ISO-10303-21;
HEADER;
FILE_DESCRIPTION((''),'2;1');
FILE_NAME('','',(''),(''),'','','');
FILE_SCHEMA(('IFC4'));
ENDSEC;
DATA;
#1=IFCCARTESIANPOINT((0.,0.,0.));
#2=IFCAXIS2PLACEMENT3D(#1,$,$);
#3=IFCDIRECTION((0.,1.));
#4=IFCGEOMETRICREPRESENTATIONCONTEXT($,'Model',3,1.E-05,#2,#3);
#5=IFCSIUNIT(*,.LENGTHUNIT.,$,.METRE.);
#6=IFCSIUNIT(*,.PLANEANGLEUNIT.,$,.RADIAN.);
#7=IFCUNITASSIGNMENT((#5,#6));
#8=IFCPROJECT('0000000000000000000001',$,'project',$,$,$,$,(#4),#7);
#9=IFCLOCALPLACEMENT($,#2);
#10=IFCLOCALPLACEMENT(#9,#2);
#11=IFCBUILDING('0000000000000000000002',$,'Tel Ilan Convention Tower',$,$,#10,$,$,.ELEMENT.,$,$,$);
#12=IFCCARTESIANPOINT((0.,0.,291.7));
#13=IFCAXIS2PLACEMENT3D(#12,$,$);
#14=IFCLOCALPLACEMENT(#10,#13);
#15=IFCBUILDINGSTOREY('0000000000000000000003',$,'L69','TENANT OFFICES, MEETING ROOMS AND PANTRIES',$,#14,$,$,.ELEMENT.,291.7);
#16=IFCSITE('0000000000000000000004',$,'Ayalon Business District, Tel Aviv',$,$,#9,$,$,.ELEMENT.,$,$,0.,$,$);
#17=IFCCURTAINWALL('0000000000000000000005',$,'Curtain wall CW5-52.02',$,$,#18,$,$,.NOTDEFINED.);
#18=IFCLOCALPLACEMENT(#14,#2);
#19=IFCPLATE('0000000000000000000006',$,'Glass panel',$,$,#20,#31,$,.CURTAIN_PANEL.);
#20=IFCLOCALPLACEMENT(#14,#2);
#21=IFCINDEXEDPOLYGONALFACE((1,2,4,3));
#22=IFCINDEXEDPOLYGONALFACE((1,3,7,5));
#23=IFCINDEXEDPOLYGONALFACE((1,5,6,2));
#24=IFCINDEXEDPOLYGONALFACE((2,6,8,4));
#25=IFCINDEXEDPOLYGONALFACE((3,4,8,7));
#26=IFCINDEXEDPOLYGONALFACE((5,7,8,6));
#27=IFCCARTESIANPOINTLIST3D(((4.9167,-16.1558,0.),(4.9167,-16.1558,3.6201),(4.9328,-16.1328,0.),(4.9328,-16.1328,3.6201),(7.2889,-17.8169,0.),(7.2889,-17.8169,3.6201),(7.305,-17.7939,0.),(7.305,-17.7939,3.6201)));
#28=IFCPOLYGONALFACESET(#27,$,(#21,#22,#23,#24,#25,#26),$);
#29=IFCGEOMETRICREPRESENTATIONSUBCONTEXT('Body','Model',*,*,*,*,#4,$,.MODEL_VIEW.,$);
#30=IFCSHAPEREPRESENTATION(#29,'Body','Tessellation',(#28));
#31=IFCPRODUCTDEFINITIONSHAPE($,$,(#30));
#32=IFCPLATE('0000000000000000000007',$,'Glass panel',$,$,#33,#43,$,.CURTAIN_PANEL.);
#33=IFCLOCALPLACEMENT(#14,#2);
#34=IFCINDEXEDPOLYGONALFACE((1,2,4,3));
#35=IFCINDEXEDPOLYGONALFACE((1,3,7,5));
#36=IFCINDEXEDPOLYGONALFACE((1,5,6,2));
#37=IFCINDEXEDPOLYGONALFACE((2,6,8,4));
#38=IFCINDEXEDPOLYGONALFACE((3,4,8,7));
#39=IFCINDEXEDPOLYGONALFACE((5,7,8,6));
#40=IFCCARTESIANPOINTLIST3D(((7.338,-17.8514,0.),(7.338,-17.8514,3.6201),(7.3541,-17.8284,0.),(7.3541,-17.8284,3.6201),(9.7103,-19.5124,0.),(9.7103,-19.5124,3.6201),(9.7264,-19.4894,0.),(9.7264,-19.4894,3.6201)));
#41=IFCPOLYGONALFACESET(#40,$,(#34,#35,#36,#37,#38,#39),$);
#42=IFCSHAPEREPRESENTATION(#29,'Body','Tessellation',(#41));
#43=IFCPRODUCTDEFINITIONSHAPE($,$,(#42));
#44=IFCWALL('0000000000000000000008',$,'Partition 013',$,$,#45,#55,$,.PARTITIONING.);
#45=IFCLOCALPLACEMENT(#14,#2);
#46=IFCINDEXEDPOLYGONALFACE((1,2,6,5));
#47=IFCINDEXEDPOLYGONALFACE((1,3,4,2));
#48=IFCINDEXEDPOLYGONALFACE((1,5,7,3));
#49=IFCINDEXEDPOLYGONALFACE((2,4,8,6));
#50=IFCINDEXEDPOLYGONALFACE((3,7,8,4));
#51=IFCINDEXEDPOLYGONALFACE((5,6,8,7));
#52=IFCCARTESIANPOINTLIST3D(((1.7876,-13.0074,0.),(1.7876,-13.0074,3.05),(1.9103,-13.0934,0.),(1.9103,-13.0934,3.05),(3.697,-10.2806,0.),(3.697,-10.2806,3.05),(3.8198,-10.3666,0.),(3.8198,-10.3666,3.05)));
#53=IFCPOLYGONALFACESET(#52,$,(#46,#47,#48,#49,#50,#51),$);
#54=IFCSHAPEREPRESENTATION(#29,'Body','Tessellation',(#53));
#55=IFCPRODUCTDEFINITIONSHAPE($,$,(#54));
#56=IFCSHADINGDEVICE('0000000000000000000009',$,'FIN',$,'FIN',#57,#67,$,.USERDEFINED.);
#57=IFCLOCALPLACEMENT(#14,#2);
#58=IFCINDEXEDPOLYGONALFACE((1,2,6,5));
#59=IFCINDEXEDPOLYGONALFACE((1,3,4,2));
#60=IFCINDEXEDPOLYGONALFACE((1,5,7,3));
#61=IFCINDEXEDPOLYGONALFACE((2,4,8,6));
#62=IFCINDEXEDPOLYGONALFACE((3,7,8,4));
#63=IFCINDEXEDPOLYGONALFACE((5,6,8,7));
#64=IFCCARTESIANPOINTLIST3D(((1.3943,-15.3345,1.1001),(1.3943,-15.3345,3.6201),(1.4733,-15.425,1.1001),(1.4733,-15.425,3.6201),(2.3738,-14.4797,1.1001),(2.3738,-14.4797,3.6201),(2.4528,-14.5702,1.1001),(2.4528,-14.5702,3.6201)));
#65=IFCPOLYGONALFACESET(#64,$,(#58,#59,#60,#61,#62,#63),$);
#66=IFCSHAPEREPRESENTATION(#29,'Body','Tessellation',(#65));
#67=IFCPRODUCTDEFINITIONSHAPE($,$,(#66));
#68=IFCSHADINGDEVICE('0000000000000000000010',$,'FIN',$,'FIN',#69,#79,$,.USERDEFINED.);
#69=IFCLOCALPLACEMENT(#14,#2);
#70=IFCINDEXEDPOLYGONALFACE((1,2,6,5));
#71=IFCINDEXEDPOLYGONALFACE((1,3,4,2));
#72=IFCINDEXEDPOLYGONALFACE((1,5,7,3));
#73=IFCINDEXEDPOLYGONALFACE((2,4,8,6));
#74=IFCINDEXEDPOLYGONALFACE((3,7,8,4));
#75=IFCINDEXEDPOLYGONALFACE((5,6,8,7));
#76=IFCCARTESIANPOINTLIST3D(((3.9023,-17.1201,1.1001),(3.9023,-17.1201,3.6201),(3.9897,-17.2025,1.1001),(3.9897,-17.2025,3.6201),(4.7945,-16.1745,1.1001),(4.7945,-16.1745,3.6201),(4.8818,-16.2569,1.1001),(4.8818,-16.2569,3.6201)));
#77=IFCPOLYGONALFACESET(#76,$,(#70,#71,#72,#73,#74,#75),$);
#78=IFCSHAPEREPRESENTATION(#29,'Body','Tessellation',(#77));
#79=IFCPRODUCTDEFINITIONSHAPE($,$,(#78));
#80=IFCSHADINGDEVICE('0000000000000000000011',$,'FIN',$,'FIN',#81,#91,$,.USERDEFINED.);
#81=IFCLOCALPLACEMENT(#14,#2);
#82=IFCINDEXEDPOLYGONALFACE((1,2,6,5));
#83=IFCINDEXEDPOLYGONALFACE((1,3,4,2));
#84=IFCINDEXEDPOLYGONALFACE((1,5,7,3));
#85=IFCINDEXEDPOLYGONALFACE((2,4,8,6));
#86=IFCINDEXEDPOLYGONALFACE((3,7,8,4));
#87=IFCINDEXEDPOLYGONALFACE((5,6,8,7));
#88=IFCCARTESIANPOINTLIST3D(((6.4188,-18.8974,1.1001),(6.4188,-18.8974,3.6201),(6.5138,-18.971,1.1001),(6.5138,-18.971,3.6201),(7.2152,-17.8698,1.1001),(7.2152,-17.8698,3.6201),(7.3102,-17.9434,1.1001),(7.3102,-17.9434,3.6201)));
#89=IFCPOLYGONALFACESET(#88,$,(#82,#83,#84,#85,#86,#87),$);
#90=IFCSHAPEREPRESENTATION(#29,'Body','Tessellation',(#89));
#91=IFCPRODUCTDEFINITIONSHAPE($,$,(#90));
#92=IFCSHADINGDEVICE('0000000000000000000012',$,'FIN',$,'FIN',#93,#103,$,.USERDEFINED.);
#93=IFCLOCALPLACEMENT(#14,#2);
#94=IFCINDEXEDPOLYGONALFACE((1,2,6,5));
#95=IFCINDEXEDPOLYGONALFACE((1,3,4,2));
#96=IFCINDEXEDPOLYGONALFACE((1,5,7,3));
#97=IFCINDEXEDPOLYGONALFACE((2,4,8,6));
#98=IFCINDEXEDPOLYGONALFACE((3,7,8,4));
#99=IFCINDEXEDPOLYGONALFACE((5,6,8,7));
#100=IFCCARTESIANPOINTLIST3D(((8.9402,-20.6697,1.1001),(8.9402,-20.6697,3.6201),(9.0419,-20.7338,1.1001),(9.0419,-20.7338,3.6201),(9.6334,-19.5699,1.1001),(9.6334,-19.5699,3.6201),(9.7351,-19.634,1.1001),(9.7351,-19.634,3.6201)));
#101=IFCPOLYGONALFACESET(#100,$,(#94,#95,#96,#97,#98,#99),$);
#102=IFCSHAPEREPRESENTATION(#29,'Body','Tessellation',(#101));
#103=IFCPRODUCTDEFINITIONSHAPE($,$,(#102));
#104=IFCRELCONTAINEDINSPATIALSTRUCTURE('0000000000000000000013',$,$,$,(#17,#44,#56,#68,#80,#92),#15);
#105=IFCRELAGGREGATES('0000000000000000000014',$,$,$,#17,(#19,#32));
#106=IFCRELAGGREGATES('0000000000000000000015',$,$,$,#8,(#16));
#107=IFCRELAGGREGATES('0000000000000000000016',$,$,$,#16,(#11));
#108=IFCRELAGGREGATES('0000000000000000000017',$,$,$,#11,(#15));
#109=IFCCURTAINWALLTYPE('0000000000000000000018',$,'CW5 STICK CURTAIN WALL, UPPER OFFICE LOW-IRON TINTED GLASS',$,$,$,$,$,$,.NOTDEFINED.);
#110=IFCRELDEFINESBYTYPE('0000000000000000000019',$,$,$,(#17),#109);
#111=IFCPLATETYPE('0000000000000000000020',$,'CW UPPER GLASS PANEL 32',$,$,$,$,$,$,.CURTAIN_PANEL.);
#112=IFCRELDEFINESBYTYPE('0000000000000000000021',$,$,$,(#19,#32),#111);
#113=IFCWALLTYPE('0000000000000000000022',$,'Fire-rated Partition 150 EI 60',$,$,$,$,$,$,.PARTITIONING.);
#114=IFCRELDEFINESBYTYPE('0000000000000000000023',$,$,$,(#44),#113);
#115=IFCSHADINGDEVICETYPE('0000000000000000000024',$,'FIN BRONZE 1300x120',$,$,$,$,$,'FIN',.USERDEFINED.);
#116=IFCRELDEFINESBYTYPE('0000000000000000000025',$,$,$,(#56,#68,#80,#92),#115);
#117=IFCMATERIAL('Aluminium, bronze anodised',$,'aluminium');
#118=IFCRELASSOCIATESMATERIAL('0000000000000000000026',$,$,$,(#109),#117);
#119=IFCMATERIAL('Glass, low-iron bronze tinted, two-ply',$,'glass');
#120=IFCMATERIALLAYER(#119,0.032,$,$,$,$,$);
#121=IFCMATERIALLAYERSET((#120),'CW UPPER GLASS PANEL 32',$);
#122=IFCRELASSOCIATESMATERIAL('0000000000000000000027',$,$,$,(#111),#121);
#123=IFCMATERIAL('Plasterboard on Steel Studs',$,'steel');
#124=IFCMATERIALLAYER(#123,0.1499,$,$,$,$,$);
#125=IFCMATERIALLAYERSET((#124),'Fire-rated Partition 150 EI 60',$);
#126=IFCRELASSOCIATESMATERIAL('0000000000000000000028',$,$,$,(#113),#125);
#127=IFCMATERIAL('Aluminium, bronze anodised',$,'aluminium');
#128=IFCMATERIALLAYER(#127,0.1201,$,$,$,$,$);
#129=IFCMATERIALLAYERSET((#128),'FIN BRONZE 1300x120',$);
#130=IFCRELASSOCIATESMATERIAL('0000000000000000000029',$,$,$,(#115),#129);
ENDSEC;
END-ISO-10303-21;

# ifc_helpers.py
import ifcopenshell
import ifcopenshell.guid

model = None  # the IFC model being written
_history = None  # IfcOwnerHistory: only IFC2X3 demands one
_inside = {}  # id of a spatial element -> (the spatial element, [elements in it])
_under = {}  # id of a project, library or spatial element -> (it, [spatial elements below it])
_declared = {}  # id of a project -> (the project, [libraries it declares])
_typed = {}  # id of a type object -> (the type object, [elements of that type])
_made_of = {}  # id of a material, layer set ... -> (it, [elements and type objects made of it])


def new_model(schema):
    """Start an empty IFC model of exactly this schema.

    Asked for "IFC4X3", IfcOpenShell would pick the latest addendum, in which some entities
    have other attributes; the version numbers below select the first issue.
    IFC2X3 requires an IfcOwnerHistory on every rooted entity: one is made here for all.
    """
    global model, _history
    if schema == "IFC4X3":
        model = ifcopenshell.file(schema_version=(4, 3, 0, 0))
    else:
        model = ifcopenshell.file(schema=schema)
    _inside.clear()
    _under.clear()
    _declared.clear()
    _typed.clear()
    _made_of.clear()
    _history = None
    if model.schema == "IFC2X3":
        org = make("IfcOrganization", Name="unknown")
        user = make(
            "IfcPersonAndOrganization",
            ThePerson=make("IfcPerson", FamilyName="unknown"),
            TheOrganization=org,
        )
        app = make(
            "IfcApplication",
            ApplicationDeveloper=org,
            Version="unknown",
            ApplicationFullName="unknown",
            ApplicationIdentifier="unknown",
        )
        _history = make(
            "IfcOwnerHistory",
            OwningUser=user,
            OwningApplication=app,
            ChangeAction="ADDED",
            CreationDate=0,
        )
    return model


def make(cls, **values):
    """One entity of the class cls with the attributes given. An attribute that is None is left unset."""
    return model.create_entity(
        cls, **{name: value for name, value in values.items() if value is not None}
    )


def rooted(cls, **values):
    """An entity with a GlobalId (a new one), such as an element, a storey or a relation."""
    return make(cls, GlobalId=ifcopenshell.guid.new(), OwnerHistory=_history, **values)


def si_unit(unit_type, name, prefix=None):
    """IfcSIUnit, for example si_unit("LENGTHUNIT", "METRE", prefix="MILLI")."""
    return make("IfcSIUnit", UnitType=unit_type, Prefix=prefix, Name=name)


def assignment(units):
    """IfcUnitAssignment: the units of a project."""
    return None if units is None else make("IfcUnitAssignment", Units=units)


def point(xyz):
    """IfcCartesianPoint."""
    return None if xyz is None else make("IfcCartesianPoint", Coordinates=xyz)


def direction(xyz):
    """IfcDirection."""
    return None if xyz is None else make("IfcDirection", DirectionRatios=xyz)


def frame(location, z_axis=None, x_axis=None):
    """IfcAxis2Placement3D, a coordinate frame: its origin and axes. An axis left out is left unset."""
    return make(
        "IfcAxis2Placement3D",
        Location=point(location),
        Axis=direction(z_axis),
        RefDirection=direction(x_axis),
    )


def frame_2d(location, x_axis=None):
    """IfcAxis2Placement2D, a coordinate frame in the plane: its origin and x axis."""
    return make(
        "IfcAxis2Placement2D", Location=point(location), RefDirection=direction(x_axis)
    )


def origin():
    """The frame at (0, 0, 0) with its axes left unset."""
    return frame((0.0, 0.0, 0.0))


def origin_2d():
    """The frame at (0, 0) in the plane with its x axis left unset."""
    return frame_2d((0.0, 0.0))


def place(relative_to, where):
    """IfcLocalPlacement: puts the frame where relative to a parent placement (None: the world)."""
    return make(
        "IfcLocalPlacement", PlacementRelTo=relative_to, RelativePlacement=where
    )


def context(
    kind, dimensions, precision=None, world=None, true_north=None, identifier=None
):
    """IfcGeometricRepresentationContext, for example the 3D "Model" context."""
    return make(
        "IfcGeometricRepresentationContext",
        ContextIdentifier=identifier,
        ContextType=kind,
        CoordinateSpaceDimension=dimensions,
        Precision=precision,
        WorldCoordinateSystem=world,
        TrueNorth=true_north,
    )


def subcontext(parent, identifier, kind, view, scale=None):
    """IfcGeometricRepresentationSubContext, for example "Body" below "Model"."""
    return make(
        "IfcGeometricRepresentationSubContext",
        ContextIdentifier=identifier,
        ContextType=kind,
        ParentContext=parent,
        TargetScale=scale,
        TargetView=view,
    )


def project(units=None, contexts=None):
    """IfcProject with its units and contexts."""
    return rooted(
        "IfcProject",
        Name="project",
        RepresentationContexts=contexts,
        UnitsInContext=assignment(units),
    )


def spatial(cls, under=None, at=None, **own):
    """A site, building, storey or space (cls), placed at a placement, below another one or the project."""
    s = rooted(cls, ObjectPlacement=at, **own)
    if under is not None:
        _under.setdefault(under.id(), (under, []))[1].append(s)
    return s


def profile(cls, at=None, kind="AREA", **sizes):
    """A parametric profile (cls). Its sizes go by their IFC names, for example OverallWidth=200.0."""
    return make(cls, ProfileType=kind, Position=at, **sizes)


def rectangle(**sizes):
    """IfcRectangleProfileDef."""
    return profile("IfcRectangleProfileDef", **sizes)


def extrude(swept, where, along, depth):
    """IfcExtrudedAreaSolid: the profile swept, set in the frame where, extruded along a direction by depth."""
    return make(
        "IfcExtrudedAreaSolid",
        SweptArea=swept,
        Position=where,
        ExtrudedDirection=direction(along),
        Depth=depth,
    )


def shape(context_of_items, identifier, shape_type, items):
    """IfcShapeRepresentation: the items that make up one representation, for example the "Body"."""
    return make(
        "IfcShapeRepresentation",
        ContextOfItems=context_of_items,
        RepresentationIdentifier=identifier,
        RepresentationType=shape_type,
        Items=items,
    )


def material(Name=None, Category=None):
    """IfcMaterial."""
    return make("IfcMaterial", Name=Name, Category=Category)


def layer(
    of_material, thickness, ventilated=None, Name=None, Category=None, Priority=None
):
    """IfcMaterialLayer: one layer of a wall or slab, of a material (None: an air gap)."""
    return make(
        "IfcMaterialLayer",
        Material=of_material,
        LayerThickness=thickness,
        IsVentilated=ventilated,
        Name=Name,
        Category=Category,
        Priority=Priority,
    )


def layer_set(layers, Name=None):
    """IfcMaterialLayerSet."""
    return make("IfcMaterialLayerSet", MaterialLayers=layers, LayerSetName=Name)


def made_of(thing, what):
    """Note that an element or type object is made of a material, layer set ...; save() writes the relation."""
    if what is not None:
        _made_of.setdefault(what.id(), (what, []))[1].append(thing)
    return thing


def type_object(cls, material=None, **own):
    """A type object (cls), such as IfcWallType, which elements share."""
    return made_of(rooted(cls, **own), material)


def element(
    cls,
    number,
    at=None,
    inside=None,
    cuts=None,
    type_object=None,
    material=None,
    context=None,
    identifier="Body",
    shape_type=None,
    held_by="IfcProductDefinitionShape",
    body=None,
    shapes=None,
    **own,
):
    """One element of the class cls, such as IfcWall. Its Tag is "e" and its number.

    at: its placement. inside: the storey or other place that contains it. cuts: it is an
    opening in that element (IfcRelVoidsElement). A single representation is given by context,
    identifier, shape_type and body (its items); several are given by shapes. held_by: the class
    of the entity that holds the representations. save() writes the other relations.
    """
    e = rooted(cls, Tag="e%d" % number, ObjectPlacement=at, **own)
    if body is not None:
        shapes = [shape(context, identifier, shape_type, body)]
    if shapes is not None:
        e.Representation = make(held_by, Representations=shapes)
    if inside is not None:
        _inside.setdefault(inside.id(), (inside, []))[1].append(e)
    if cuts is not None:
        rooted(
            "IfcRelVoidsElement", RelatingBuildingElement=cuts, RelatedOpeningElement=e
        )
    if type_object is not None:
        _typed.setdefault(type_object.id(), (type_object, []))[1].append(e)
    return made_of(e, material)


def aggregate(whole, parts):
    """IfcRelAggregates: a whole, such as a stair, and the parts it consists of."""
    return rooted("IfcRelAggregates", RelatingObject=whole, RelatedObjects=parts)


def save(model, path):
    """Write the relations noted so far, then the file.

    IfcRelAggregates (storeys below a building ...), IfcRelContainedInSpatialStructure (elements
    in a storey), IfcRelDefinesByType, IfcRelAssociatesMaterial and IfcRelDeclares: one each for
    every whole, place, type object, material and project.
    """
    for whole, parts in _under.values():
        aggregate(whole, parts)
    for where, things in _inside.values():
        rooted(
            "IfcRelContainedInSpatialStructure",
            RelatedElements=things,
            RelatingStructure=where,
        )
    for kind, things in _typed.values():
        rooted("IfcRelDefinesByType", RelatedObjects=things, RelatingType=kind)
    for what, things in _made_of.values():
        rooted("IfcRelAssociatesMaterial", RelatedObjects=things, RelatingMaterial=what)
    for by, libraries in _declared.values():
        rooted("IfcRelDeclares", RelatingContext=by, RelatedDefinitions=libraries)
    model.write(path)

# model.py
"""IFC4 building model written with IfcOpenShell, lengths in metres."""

from ifc_helpers import new_model, si_unit, direction, frame, frame_2d, origin, origin_2d, place, context, subcontext, project, spatial, rectangle, extrude, material, layer, layer_set, type_object, element, aggregate, save


model = new_model("IFC4")

# Units and contexts
model_context = context("Model", 3, precision=1e-05, world=origin(), true_north=direction((0.0, 1.0)))
body_context = subcontext(model_context, "Body", "Model", "MODEL_VIEW")
ifc_project = project(units=[si_unit("LENGTHUNIT", "METRE"), si_unit("PLANEANGLEUNIT", "RADIAN")], contexts=[model_context])

# Site, building, storey
site_placement = place(None, origin())
site = spatial("IfcSite", under=ifc_project, at=site_placement, Name="Ayalon Business District, Tel Aviv", CompositionType="ELEMENT", RefElevation=0.0)
building_placement = place(site_placement, origin())
building = spatial("IfcBuilding", under=site, at=building_placement, Name="Tel Ilan Convention Tower", CompositionType="ELEMENT")
storey_placement = place(building_placement, frame((0.0, 0.0, 291.7)))
storey = spatial("IfcBuildingStorey", under=building, at=storey_placement, Name="L69", Description="TENANT OFFICES, MEETING ROOMS AND PANTRIES", CompositionType="ELEMENT", Elevation=291.7)

# Curtain wall, plates
ifc_material_1 = material(Name="Aluminium, bronze anodised", Category="aluminium")
curtain_wall_type = type_object("IfcCurtainWallType", Name="CW5 STICK CURTAIN WALL, UPPER OFFICE LOW-IRON TINTED GLASS", PredefinedType="NOTDEFINED", material=ifc_material_1)
curtain_wall_placement = place(storey_placement, origin())
curtain_wall = element("IfcCurtainWall", 1, at=curtain_wall_placement, inside=storey, type_object=curtain_wall_type, Name="Curtain wall CW5-52.02", PredefinedType="NOTDEFINED")
ifc_material_2 = material(Name="Glass, low-iron bronze tinted, two-ply", Category="glass")
ifc_layer_1 = layer(ifc_material_2, 0.032)
ifc_layer_set_1 = layer_set([ifc_layer_1], Name="CW UPPER GLASS PANEL 32")
plate_type = type_object("IfcPlateType", Name="CW UPPER GLASS PANEL 32", PredefinedType="CURTAIN_PANEL", material=ifc_layer_set_1)
plate_1_placement = place(storey_placement, frame((6.1108, -16.9749, 0.0), z_axis=(0.0, 0.0, 1.0), x_axis=(0.819152, -0.573576, 0.0)))
plate_1 = element("IfcPlate", 2, at=plate_1_placement, type_object=plate_type, Name="Glass panel", PredefinedType="CURTAIN_PANEL", context=body_context, shape_type="SweptSolid", body=[
    extrude(rectangle(XDim=2.896, YDim=0.0281, at=origin_2d()), origin(), (0.0, 0.0, 1.0), 3.6201),
])
plate_2_placement = place(storey_placement, frame((8.5322, -18.6704, 0.0), z_axis=(0.0, 0.0, 1.0), x_axis=(0.819152, -0.573576, 0.0)))
plate_2 = element("IfcPlate", 3, at=plate_2_placement, type_object=plate_type, Name="Glass panel", PredefinedType="CURTAIN_PANEL", context=body_context, shape_type="SweptSolid", body=[
    extrude(rectangle(XDim=2.896, YDim=0.0281, at=origin_2d()), origin(), (0.0, 0.0, 1.0), 3.6201),
])
aggregate(curtain_wall, [plate_1, plate_2])

# Wall
ifc_material_3 = material(Name="Plasterboard on Steel Studs", Category="steel")
ifc_layer_2 = layer(ifc_material_3, 0.1499)
ifc_layer_set_2 = layer_set([ifc_layer_2], Name="Fire-rated Partition 150 EI 60")
wall_type = type_object("IfcWallType", Name="Fire-rated Partition 150 EI 60", PredefinedType="PARTITIONING", material=ifc_layer_set_2)
wall_placement = place(storey_placement, frame((1.8489, -13.0505, 0.0), z_axis=(0.0, 0.0, 1.0), x_axis=(0.573595, 0.819139, 0.0)))
element("IfcWall", 4, at=wall_placement, inside=storey, type_object=wall_type, Name="Partition 013", PredefinedType="PARTITIONING", context=body_context, shape_type="SweptSolid", body=[
    extrude(rectangle(XDim=3.3289, YDim=0.1499, at=frame_2d((1.6646, 0.0))), origin(), (0.0, 0.0, 1.0), 3.05),
])

# Shading devices
ifc_material_4 = material(Name="Aluminium, bronze anodised", Category="aluminium")
ifc_layer_3 = layer(ifc_material_4, 0.1201)
ifc_layer_set_3 = layer_set([ifc_layer_3], Name="FIN BRONZE 1300x120")
shading_device_type = type_object("IfcShadingDeviceType", Name="FIN BRONZE 1300x120", ElementType="FIN", PredefinedType="USERDEFINED", material=ifc_layer_set_3)
for number, where, z_axis, x_axis, name in (
    (5, (1.9236, -14.9524, 1.1001), (0.0, 0.0, 1.0), (-0.753436, -0.657521, 0.0), "FIN"),
    (6, (4.3921, -16.6885, 1.1001), (0.0, 0.0, 1.0), (-0.686242, -0.727374, 0.0), "FIN"),
    (7, (6.8645, -18.4204, 1.1001), (0.0, 0.0, 1.0), (-0.612601, -0.790393, 0.0), "FIN"),
    (8, (9.3376, -20.1519, 1.1001), (0.0, 0.0, 1.0), (-0.533204, -0.845986, 0.0), "FIN"),
):
    element("IfcShadingDevice", number, at=place(storey_placement, frame(where, z_axis=z_axis, x_axis=x_axis)), inside=storey, type_object=shading_device_type, Name=name, ObjectType="FIN", PredefinedType="USERDEFINED", context=body_context, shape_type="SweptSolid", body=[
        extrude(rectangle(XDim=1.3, YDim=0.1201, at=origin_2d()), origin(), (0.0, 0.0, 1.0), 2.52),
    ])

save(model, "model.ifc")
